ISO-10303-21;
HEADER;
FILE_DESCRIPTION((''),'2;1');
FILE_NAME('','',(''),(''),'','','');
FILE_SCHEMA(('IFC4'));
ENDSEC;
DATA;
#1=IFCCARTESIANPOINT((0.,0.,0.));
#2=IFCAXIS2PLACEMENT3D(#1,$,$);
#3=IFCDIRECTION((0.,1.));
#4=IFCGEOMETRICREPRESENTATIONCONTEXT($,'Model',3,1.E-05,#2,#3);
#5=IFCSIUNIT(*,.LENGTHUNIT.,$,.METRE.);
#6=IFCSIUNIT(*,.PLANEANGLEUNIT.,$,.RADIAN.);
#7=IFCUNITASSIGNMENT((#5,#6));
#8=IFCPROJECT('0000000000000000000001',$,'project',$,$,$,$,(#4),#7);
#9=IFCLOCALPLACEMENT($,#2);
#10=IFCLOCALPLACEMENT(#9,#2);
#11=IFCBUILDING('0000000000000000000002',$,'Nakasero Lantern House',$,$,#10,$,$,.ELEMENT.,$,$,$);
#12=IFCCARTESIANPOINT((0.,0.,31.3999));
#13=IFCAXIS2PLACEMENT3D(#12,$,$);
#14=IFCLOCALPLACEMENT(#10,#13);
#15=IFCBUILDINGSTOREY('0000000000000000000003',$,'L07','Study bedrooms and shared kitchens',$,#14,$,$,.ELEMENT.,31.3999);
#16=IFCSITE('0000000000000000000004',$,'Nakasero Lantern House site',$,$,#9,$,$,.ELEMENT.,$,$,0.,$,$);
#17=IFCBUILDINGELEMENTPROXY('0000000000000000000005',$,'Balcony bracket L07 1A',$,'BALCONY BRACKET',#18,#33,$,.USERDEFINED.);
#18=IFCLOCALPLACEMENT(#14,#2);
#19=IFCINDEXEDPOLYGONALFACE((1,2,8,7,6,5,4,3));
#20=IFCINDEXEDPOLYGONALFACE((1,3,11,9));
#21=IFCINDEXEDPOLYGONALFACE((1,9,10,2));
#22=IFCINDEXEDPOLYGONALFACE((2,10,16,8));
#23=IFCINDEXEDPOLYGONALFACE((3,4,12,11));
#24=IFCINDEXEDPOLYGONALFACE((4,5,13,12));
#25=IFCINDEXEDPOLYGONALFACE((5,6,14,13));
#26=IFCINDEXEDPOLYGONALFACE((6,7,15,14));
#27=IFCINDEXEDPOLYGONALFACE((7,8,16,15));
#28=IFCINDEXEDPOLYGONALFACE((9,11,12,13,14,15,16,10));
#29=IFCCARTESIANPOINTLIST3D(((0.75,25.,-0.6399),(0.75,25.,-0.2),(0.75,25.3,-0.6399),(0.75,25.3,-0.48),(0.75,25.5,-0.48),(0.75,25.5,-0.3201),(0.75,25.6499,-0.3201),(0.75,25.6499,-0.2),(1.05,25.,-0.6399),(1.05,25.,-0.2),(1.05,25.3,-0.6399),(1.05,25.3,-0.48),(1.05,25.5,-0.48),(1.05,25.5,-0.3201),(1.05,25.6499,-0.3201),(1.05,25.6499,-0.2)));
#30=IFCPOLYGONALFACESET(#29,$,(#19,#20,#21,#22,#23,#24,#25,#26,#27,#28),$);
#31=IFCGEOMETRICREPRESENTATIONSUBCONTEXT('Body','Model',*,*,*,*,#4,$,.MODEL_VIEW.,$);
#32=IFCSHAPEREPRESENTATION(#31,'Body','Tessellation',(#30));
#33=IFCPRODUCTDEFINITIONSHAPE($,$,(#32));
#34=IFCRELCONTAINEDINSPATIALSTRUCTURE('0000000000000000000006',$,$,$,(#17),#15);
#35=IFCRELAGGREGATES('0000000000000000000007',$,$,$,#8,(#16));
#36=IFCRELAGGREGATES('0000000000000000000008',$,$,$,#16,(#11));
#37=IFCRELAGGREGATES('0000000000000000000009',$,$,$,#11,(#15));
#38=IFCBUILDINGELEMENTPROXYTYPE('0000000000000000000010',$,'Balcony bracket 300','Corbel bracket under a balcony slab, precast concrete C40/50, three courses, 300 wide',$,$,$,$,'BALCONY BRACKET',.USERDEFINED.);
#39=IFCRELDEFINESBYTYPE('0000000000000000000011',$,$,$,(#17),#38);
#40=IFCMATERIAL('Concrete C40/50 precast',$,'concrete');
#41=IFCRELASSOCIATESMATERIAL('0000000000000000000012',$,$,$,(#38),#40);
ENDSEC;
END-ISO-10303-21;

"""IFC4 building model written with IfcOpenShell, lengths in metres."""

from ifc_helpers import new_model, si_unit, direction, frame, origin, place, context, subcontext, project, spatial, polyline, outline, extrude, material, type_object, element, save


model = new_model("IFC4")

# Units and contexts
model_context = context("Model", 3, precision=1e-05, world=origin(), true_north=direction((0.0, 1.0)))
body_context = subcontext(model_context, "Body", "Model", "MODEL_VIEW")
ifc_project = project(units=[si_unit("LENGTHUNIT", "METRE"), si_unit("PLANEANGLEUNIT", "RADIAN")], contexts=[model_context])

# Site, building, storey
site_placement = place(None, origin())
site = spatial("IfcSite", under=ifc_project, at=site_placement, Name="Nakasero Lantern House site", CompositionType="ELEMENT", RefElevation=0.0)
building_placement = place(site_placement, origin())
building = spatial("IfcBuilding", under=site, at=building_placement, Name="Nakasero Lantern House", CompositionType="ELEMENT")
storey_placement = place(building_placement, frame((0.0, 0.0, 31.3999)))
storey = spatial("IfcBuildingStorey", under=building, at=storey_placement, Name="L07", Description="Study bedrooms and shared kitchens", CompositionType="ELEMENT", Elevation=31.3999)

# Building element proxy
ifc_material_1 = material(Name="Concrete C40/50 precast", Category="concrete")
building_element_proxy_type = type_object("IfcBuildingElementProxyType", Name="Balcony bracket 300", Description="Corbel bracket under a balcony slab, precast concrete C40/50, three courses, 300 wide", ElementType="BALCONY BRACKET", PredefinedType="USERDEFINED", material=ifc_material_1)
proxy_placement = place(storey_placement, frame((0.8999, 25.0, -0.2), z_axis=(0.0, 0.0, 1.0), x_axis=(0.0, 1.0, 0.0)))
element("IfcBuildingElementProxy", 1, at=proxy_placement, inside=storey, type_object=building_element_proxy_type, Name="Balcony bracket L07 1A", ObjectType="BALCONY BRACKET", PredefinedType="USERDEFINED", context=body_context, shape_type="SweptSolid", body=[
    extrude(outline(polyline([(0.0, 0.0), (0.6499, 0.0), (0.6499, -0.1201), (0.5, -0.1201), (0.5, -0.28), (0.3, -0.28), (0.3, -0.4399), (0.0, -0.4399), (0.0, 0.0)])), frame((0.0, 0.1499, 0.0), z_axis=(0.0, -1.0, 0.0), x_axis=(1.0, 0.0, 0.0)), (0.0, 0.0, 1.0), 0.3),
])

save(model, "model.ifc")
